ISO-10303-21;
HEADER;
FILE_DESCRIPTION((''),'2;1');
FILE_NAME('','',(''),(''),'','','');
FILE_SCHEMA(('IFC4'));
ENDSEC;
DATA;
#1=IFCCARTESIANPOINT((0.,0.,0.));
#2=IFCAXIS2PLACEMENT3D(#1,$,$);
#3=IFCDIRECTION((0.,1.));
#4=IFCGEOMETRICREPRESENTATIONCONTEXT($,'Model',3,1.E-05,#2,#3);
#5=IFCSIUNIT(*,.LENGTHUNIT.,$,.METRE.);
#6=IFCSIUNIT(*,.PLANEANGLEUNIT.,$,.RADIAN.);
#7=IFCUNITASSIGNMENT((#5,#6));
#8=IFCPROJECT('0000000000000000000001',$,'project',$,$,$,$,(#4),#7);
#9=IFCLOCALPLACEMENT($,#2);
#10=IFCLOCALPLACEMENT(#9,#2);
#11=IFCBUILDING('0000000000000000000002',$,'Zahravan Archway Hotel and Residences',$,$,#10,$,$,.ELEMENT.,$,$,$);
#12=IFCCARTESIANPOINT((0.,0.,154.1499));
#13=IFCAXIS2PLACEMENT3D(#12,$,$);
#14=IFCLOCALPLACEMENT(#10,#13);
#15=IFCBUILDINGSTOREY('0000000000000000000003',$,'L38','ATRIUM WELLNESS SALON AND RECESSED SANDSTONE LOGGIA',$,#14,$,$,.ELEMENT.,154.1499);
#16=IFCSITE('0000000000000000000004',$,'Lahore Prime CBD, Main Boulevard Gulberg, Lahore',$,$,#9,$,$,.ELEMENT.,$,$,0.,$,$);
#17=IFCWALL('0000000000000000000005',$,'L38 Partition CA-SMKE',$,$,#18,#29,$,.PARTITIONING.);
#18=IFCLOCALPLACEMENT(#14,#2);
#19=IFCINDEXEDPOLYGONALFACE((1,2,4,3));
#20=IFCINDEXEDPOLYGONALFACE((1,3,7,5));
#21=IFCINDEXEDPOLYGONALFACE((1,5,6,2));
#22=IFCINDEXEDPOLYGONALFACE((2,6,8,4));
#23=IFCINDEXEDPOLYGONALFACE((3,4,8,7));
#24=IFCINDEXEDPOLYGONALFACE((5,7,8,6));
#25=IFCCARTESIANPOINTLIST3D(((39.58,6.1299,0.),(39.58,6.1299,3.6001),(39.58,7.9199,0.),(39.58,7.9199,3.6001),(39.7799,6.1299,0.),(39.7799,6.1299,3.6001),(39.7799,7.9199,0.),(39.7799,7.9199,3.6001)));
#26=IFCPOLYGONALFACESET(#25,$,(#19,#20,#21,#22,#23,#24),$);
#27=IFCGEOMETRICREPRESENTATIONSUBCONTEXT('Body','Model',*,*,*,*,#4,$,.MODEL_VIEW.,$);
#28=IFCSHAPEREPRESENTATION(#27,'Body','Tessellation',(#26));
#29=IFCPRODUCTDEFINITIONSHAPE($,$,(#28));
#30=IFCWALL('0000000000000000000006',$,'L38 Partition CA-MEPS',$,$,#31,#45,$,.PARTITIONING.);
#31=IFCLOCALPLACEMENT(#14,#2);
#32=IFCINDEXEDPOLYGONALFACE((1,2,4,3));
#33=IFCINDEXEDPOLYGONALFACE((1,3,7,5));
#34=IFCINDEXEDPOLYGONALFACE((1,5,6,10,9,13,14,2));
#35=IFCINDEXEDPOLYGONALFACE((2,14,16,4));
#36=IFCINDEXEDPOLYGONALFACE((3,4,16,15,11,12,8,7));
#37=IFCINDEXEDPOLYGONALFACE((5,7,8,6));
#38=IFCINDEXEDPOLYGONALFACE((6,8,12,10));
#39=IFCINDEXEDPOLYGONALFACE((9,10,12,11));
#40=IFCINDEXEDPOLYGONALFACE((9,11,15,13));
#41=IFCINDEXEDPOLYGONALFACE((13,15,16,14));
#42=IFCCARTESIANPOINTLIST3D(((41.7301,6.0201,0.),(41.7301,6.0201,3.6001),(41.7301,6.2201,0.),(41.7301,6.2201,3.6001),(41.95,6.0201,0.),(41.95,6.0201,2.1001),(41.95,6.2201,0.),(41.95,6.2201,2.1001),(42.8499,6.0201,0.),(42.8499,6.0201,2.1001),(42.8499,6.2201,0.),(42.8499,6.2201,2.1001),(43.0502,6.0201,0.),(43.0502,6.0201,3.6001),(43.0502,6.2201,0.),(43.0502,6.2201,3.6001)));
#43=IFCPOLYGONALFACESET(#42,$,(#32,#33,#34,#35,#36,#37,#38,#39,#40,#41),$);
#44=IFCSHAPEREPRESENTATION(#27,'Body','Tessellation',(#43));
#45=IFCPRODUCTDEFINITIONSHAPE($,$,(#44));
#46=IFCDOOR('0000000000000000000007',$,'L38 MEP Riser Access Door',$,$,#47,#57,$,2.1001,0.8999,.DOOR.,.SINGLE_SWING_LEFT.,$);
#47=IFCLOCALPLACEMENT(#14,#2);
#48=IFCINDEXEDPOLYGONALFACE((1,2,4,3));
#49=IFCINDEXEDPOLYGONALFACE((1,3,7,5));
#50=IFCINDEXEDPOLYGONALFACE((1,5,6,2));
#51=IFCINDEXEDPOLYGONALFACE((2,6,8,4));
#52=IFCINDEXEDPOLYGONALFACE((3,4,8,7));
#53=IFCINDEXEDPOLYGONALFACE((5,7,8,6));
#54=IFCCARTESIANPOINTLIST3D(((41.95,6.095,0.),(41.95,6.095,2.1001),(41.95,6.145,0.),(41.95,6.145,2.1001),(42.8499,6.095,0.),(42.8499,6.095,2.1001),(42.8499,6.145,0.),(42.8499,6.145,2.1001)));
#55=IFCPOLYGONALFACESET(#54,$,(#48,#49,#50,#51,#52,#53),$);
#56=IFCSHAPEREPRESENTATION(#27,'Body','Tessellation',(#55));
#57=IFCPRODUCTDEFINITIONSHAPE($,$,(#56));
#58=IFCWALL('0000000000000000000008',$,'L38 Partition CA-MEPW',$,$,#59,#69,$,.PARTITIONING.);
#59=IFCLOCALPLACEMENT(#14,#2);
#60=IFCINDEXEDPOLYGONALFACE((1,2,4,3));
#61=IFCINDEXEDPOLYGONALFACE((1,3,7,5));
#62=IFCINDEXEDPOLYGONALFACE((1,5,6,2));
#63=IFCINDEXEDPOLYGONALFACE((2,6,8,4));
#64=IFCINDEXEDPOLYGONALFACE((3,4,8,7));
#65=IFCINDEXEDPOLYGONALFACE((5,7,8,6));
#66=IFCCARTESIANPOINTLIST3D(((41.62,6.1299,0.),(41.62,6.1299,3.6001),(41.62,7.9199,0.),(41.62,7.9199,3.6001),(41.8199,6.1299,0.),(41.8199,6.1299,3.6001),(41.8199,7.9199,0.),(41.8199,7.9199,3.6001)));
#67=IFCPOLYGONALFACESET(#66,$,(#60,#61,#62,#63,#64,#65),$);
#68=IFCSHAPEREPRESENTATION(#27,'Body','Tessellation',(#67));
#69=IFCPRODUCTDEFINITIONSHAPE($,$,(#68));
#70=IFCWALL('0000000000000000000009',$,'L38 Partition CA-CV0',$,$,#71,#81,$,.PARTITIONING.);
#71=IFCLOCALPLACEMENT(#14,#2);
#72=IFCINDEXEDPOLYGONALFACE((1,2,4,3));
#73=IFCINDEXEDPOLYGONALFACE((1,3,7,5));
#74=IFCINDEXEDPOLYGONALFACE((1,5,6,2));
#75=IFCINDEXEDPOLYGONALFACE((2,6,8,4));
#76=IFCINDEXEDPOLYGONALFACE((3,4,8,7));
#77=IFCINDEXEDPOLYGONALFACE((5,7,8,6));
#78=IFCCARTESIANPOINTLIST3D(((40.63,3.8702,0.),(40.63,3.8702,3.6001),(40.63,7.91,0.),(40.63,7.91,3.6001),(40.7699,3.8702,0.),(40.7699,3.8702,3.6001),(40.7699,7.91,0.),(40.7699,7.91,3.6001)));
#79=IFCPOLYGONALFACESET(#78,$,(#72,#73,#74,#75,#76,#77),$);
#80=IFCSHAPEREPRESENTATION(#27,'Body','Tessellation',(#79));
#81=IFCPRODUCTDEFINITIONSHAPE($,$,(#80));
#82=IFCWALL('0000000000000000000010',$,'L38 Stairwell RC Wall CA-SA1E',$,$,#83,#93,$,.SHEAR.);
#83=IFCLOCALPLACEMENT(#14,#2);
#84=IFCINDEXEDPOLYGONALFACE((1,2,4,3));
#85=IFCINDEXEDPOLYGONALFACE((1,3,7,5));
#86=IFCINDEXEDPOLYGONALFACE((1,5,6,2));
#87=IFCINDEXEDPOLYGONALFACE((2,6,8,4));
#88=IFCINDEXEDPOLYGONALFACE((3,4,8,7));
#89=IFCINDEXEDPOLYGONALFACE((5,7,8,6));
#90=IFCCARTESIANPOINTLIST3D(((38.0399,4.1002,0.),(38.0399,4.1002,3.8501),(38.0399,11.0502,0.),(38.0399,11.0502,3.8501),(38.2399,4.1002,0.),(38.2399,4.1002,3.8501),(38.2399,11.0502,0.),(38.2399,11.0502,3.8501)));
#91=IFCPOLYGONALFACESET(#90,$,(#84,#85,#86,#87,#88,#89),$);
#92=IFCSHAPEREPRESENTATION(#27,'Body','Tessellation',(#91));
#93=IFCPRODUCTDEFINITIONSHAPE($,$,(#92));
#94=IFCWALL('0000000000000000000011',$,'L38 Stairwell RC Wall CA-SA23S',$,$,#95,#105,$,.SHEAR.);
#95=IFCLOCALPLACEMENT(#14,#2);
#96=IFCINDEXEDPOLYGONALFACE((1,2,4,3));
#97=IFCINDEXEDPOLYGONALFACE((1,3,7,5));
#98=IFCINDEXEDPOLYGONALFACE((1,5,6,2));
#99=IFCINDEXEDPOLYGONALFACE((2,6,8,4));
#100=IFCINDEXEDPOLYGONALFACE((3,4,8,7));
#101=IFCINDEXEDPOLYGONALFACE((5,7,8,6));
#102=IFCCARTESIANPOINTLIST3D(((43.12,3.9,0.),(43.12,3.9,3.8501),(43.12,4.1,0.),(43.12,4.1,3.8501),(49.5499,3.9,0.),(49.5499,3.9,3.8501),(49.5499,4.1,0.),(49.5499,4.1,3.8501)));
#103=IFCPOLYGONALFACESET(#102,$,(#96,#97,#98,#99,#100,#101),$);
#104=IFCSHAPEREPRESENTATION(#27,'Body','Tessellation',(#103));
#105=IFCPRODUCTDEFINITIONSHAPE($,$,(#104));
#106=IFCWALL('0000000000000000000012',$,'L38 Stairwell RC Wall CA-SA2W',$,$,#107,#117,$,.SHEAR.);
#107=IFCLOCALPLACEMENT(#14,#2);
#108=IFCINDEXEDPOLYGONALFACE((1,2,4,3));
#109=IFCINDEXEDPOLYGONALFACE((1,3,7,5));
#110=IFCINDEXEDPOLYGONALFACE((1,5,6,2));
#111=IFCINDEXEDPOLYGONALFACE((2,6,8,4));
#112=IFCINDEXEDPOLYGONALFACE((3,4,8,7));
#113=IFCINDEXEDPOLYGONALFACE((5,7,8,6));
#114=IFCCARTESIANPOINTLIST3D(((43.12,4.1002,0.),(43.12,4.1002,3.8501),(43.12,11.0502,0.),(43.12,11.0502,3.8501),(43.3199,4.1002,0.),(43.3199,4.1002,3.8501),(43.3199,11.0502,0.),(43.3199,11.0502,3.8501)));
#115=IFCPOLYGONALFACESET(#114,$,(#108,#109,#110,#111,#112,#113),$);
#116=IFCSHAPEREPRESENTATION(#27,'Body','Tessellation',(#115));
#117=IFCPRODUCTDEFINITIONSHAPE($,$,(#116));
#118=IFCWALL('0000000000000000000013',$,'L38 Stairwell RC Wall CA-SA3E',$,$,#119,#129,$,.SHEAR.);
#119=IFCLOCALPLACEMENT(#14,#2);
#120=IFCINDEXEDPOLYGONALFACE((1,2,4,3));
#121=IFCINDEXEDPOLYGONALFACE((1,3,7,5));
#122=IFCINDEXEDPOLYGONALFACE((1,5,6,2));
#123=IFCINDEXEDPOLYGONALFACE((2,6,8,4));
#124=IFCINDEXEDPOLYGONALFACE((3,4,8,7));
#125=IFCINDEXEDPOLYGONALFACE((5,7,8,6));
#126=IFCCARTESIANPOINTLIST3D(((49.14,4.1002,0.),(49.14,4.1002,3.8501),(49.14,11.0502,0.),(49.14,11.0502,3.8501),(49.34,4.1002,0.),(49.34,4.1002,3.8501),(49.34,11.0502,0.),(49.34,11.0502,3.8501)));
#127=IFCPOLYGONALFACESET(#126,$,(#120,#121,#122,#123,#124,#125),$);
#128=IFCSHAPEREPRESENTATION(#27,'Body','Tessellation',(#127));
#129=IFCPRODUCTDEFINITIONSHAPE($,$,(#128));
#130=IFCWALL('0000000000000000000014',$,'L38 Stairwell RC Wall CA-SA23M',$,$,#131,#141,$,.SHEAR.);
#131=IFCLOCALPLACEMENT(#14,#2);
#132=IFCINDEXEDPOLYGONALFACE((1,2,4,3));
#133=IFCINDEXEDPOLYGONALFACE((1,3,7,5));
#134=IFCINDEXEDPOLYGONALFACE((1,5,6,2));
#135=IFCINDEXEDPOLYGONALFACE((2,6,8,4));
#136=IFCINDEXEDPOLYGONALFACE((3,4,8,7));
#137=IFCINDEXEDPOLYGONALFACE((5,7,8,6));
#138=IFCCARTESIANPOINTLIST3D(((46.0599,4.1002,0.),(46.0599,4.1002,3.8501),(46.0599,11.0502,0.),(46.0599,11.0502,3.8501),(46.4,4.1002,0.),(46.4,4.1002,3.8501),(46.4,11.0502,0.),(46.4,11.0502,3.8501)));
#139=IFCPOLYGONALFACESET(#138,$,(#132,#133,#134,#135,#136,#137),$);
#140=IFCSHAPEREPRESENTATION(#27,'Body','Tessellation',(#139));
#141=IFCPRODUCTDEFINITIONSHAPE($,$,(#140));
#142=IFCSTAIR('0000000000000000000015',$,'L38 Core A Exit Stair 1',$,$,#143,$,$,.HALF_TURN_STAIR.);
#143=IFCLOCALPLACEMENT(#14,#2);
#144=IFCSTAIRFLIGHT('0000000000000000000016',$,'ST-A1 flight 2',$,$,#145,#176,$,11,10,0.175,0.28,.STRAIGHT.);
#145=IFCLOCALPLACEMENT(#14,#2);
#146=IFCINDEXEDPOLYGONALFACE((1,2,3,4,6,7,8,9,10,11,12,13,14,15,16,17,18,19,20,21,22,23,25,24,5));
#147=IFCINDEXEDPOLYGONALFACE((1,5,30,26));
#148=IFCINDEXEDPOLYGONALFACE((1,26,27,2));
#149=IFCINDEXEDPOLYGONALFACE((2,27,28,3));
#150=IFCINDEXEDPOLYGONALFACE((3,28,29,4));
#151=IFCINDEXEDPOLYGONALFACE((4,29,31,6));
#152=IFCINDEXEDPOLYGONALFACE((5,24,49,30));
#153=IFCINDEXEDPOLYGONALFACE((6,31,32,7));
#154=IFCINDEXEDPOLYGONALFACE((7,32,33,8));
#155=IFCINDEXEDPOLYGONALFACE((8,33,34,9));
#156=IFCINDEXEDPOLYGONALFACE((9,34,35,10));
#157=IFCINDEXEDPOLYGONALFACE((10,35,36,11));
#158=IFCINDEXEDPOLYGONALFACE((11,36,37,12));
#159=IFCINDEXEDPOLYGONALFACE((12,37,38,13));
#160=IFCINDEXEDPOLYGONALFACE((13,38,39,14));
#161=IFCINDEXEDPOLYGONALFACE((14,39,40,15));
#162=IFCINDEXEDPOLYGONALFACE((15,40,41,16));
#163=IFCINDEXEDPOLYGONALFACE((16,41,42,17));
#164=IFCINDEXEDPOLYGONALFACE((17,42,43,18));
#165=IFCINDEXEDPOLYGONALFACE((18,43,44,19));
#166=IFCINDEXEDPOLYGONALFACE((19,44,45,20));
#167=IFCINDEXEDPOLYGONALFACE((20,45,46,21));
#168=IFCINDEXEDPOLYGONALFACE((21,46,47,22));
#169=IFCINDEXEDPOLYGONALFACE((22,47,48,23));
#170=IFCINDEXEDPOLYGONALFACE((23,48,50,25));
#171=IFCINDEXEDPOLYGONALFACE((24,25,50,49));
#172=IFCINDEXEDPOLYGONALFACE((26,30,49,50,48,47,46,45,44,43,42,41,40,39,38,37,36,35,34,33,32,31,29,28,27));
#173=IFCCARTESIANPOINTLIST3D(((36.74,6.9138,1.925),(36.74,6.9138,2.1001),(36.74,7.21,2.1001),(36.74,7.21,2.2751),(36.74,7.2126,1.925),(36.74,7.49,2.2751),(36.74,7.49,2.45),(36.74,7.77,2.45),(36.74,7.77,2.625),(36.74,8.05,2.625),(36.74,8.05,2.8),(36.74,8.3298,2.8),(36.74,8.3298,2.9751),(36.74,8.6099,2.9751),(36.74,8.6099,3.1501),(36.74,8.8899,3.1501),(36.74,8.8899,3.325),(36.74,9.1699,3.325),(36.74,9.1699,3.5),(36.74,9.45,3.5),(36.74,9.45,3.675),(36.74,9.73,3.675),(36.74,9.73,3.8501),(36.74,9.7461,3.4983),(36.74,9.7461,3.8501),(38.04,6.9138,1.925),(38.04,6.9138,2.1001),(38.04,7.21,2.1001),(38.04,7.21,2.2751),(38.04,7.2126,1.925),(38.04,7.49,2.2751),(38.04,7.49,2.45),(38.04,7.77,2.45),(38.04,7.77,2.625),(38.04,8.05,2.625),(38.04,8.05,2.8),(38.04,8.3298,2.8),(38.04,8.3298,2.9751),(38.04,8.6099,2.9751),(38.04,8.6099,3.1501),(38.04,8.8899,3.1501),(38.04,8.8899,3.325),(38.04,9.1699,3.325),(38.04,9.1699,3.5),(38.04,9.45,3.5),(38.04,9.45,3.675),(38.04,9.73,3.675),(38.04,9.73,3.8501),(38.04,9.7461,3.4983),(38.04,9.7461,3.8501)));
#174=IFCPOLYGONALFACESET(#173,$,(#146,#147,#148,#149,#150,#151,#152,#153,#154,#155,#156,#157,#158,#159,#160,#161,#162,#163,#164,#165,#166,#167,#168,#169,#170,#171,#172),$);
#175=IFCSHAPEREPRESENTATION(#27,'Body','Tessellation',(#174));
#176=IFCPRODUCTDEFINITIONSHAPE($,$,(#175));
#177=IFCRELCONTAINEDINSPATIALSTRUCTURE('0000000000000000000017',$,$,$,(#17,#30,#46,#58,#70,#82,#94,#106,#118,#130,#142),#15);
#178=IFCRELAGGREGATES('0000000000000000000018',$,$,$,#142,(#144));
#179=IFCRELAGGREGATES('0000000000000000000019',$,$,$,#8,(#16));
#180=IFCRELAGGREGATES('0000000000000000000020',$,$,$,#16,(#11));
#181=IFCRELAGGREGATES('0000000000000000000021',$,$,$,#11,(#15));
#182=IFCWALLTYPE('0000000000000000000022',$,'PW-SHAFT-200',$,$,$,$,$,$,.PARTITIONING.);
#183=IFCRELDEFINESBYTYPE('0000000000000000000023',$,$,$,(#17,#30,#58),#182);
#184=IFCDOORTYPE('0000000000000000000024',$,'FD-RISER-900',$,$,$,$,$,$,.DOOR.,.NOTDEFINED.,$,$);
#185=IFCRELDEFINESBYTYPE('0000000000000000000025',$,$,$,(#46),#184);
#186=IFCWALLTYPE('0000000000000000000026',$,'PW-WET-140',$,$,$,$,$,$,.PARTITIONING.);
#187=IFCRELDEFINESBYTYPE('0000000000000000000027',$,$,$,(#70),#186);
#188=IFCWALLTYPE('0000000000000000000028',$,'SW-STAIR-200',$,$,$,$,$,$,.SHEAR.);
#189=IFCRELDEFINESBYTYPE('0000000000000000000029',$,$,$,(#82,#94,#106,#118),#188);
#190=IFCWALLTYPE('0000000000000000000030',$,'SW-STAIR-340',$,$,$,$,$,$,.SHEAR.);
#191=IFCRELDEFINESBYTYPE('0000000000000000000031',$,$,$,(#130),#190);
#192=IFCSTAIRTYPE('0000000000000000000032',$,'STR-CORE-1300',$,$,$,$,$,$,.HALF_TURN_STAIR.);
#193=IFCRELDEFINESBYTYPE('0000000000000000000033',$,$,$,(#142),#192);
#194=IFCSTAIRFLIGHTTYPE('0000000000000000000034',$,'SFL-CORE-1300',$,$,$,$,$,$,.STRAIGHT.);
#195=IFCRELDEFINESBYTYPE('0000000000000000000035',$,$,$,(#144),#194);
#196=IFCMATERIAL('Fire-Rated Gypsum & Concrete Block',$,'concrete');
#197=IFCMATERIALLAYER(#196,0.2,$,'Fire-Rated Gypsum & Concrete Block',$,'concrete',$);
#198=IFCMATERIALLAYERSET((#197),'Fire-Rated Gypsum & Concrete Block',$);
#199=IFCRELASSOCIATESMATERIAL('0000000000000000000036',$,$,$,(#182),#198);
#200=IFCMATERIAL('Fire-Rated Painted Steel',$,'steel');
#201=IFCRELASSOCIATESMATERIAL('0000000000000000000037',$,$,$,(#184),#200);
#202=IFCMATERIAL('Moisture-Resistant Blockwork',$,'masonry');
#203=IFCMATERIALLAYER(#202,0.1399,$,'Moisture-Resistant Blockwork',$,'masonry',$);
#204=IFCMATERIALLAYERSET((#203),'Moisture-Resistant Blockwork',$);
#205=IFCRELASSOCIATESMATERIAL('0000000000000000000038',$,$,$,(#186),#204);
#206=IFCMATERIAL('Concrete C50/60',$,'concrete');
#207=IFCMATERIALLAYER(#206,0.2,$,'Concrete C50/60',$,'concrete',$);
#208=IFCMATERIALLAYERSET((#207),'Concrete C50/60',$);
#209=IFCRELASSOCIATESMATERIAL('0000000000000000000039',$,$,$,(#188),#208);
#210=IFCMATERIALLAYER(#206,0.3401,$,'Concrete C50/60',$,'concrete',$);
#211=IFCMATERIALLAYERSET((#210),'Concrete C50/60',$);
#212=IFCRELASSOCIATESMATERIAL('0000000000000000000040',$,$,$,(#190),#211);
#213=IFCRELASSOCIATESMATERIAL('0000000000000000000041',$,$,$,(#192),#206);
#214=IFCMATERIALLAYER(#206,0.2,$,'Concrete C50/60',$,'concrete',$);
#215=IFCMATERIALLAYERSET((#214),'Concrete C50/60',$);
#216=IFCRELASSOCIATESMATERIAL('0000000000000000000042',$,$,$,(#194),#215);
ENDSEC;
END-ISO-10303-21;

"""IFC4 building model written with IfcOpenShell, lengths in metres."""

from ifc_helpers import new_model, si_unit, direction, frame, frame_2d, origin, place, context, subcontext, project, spatial, polyline, rectangle, outline, extrude, source, transform, mapped, material, layer, layer_set, type_object, type_shapes, element, fill, aggregate, save


model = new_model("IFC4")

# Units and contexts
model_context = context("Model", 3, precision=1e-05, world=origin(), true_north=direction((0.0, 1.0)))
body_context = subcontext(model_context, "Body", "Model", "MODEL_VIEW")
ifc_project = project(units=[si_unit("LENGTHUNIT", "METRE"), si_unit("PLANEANGLEUNIT", "RADIAN")], contexts=[model_context])

# Site, building, storey
site_placement = place(None, origin())
site = spatial("IfcSite", under=ifc_project, at=site_placement, Name="Lahore Prime CBD, Main Boulevard Gulberg, Lahore", CompositionType="ELEMENT", RefElevation=0.0)
building_placement = place(site_placement, origin())
building = spatial("IfcBuilding", under=site, at=building_placement, Name="Zahravan Archway Hotel and Residences", CompositionType="ELEMENT")
storey_placement = place(building_placement, frame((0.0, 0.0, 154.1499)))
storey = spatial("IfcBuildingStorey", under=building, at=storey_placement, Name="L38", Description="ATRIUM WELLNESS SALON AND RECESSED SANDSTONE LOGGIA", CompositionType="ELEMENT", Elevation=154.1499)

# Shared definitions
ifc_material_1 = material(Name="Fire-Rated Gypsum & Concrete Block", Category="concrete")
ifc_layer_1 = layer(ifc_material_1, 0.2, Name="Fire-Rated Gypsum & Concrete Block", Category="concrete")
ifc_layer_set_1 = layer_set([ifc_layer_1], Name="Fire-Rated Gypsum & Concrete Block")
wall_type_1 = type_object("IfcWallType", Name="PW-SHAFT-200", PredefinedType="PARTITIONING", material=ifc_layer_set_1)
ifc_material_2 = material(Name="Fire-Rated Painted Steel", Category="steel")
door_type = type_object("IfcDoorType", Name="FD-RISER-900", OperationType="NOTDEFINED", PredefinedType="DOOR", material=ifc_material_2)
shared_shape_1 = source(origin(), body_context, "Body", "SweptSolid", [
    extrude(rectangle(XDim=0.8999, YDim=2.1001, at=frame_2d((0.45, 1.05))), frame((0.0, 0.0249, 0.0), z_axis=(0.0, -1.0, 0.0), x_axis=(1.0, 0.0, 0.0)), (0.0, 0.0, 1.0), 0.05),
])
type_shapes(door_type, [shared_shape_1])

# Wall
wall_1_placement = place(storey_placement, frame((39.6799, 6.1299, 0.0), z_axis=(0.0, 0.0, 1.0), x_axis=(0.0, 1.0, 0.0)))
element("IfcWall", 1, at=wall_1_placement, inside=storey, type_object=wall_type_1, Name="L38 Partition CA-SMKE", PredefinedType="PARTITIONING", context=body_context, shape_type="SweptSolid", body=[
    extrude(rectangle(XDim=1.79, YDim=0.2, at=frame_2d((0.895, 0.0))), origin(), (0.0, 0.0, 1.0), 3.6001),
])

# Wall, opening, door
wall_2_placement = place(storey_placement, frame((41.73, 6.1201, 0.0), z_axis=(0.0, 0.0, 1.0), x_axis=(1.0, 0.0, 0.0)))
wall_2 = element("IfcWall", 2, at=wall_2_placement, inside=storey, type_object=wall_type_1, Name="L38 Partition CA-MEPS", PredefinedType="PARTITIONING", context=body_context, shape_type="SweptSolid", body=[
    extrude(rectangle(XDim=1.3201, YDim=0.2, at=frame_2d((0.6602, 0.0))), origin(), (0.0, 0.0, 1.0), 3.6001),
])
opening_1_placement = place(wall_2_placement, frame((0.22, 0.0, 0.0)))
opening_1 = element("IfcOpeningElement", 3, at=opening_1_placement, cuts=wall_2, PredefinedType="OPENING", context=body_context, shape_type="SweptSolid", body=[
    extrude(rectangle(XDim=0.8999, YDim=2.1001, at=frame_2d((0.45, 1.05))), frame((0.0, 0.1099, 0.0), z_axis=(0.0, -1.0, 0.0), x_axis=(1.0, 0.0, 0.0)), (0.0, 0.0, 1.0), 0.22),
])
door_1_placement = place(opening_1_placement, origin())
door_1 = element("IfcDoor", 4, at=door_1_placement, inside=storey, type_object=door_type, Name="L38 MEP Riser Access Door", OperationType="SINGLE_SWING_LEFT", OverallHeight=2.1001, OverallWidth=0.8999, PredefinedType="DOOR", context=body_context, shape_type="MappedRepresentation", body=[
    mapped(shared_shape_1, transform((0.0, 0.0, 0.0), scale=1.0)),
])
fill(opening_1, door_1)

# Walls
wall_3_placement = place(storey_placement, frame((41.72, 6.1299, 0.0), z_axis=(0.0, 0.0, 1.0), x_axis=(0.0, 1.0, 0.0)))
element("IfcWall", 5, at=wall_3_placement, inside=storey, type_object=wall_type_1, Name="L38 Partition CA-MEPW", PredefinedType="PARTITIONING", context=body_context, shape_type="SweptSolid", body=[
    extrude(rectangle(XDim=1.79, YDim=0.2, at=frame_2d((0.895, 0.0))), origin(), (0.0, 0.0, 1.0), 3.6001),
])
ifc_material_3 = material(Name="Moisture-Resistant Blockwork", Category="masonry")
ifc_layer_2 = layer(ifc_material_3, 0.1399, Name="Moisture-Resistant Blockwork", Category="masonry")
ifc_layer_set_2 = layer_set([ifc_layer_2], Name="Moisture-Resistant Blockwork")
wall_type_2 = type_object("IfcWallType", Name="PW-WET-140", PredefinedType="PARTITIONING", material=ifc_layer_set_2)
wall_4_placement = place(storey_placement, frame((40.7, 3.8701, 0.0), z_axis=(0.0, 0.0, 1.0), x_axis=(0.0, 1.0, 0.0)))
element("IfcWall", 6, at=wall_4_placement, inside=storey, type_object=wall_type_2, Name="L38 Partition CA-CV0", PredefinedType="PARTITIONING", context=body_context, shape_type="SweptSolid", body=[
    extrude(rectangle(XDim=4.0398, YDim=0.1399, at=frame_2d((2.02, 0.0))), origin(), (0.0, 0.0, 1.0), 3.6001),
])
ifc_material_4 = material(Name="Concrete C50/60", Category="concrete")
ifc_layer_3 = layer(ifc_material_4, 0.2, Name="Concrete C50/60", Category="concrete")
ifc_layer_set_3 = layer_set([ifc_layer_3], Name="Concrete C50/60")
wall_type_3 = type_object("IfcWallType", Name="SW-STAIR-200", PredefinedType="SHEAR", material=ifc_layer_set_3)
wall_5_placement = place(storey_placement, frame((38.1399, 4.1001, 0.0), z_axis=(0.0, 0.0, 1.0), x_axis=(0.0, 1.0, 0.0)))
element("IfcWall", 7, at=wall_5_placement, inside=storey, type_object=wall_type_3, Name="L38 Stairwell RC Wall CA-SA1E", PredefinedType="SHEAR", context=body_context, shape_type="SweptSolid", body=[
    extrude(rectangle(XDim=6.95, YDim=0.2, at=frame_2d((3.4751, 0.0))), origin(), (0.0, 0.0, 1.0), 3.8501),
])
wall_6_placement = place(storey_placement, frame((43.1201, 4.0, 0.0), z_axis=(0.0, 0.0, 1.0), x_axis=(1.0, 0.0, 0.0)))
element("IfcWall", 8, at=wall_6_placement, inside=storey, type_object=wall_type_3, Name="L38 Stairwell RC Wall CA-SA23S", PredefinedType="SHEAR", context=body_context, shape_type="SweptSolid", body=[
    extrude(rectangle(XDim=6.4299, YDim=0.2, at=frame_2d((3.2148, 0.0))), origin(), (0.0, 0.0, 1.0), 3.8501),
])
for number, where, z_axis, x_axis, name in (
    (9, (43.22, 4.1001, 0.0), (0.0, 0.0, 1.0), (0.0, 1.0, 0.0), "L38 Stairwell RC Wall CA-SA2W"),
    (10, (49.24, 4.1001, 0.0), (0.0, 0.0, 1.0), (0.0, 1.0, 0.0), "L38 Stairwell RC Wall CA-SA3E"),
):
    element("IfcWall", number, at=place(storey_placement, frame(where, z_axis=z_axis, x_axis=x_axis)), inside=storey, type_object=wall_type_3, Name=name, PredefinedType="SHEAR", context=body_context, shape_type="SweptSolid", body=[
        extrude(rectangle(XDim=6.95, YDim=0.2, at=frame_2d((3.4751, 0.0))), origin(), (0.0, 0.0, 1.0), 3.8501),
    ])
ifc_layer_4 = layer(ifc_material_4, 0.3401, Name="Concrete C50/60", Category="concrete")
ifc_layer_set_4 = layer_set([ifc_layer_4], Name="Concrete C50/60")
wall_type_4 = type_object("IfcWallType", Name="SW-STAIR-340", PredefinedType="SHEAR", material=ifc_layer_set_4)
wall_7_placement = place(storey_placement, frame((46.23, 4.1001, 0.0), z_axis=(0.0, 0.0, 1.0), x_axis=(0.0, 1.0, 0.0)))
element("IfcWall", 11, at=wall_7_placement, inside=storey, type_object=wall_type_4, Name="L38 Stairwell RC Wall CA-SA23M", PredefinedType="SHEAR", context=body_context, shape_type="SweptSolid", body=[
    extrude(rectangle(XDim=6.95, YDim=0.3401, at=frame_2d((3.4751, 0.0))), origin(), (0.0, 0.0, 1.0), 3.8501),
])

# Stair, stair flight
stair_type = type_object("IfcStairType", Name="STR-CORE-1300", PredefinedType="HALF_TURN_STAIR", material=ifc_material_4)
stair_1_placement = place(storey_placement, origin())
stair_1 = element("IfcStair", 12, at=stair_1_placement, inside=storey, type_object=stair_type, Name="L38 Core A Exit Stair 1", PredefinedType="HALF_TURN_STAIR")
ifc_layer_5 = layer(ifc_material_4, 0.2, Name="Concrete C50/60", Category="concrete")
ifc_layer_set_5 = layer_set([ifc_layer_5], Name="Concrete C50/60")
stair_flight_type = type_object("IfcStairFlightType", Name="SFL-CORE-1300", PredefinedType="STRAIGHT", material=ifc_layer_set_5)
shared_shape_2 = source(origin(), body_context, "Body", "SweptSolid", [
    extrude(outline(polyline([(-0.0161, 0.0), (-0.0161, 0.175), (0.28, 0.175), (0.28, 0.3501), (0.5601, 0.3501), (0.5601, 0.5249), (0.8401, 0.5249), (0.8401, 0.7), (1.1201, 0.7), (1.1201, 0.875), (1.3999, 0.875), (1.3999, 1.05), (1.6799, 1.05), (1.6799, 1.2251), (1.96, 1.2251), (1.96, 1.3999), (2.24, 1.3999), (2.24, 1.575), (2.52, 1.575), (2.52, 1.75), (2.8, 1.75), (2.8, 1.925), (2.8162, 1.925), (2.8162, 1.5732), (0.2827, 0.0), (-0.0161, 0.0)])), frame((0.0, 0.6499, 0.0), z_axis=(0.0, -1.0, 0.0), x_axis=(1.0, 0.0, 0.0)), (0.0, 0.0, 1.0), 1.3),
])
stair_flight_1_placement = place(storey_placement, frame((37.3899, 6.9299, 1.925), z_axis=(0.0, 0.0, 1.0), x_axis=(0.0, 1.0, 0.0)))
stair_flight_1 = element("IfcStairFlight", 13, at=stair_flight_1_placement, type_object=stair_flight_type, Name="ST-A1 flight 2", NumberOfRisers=11, NumberOfTreads=10, PredefinedType="STRAIGHT", RiserHeight=0.175, TreadLength=0.28, context=body_context, shape_type="MappedRepresentation", body=[
    mapped(shared_shape_2, transform((0.0, 0.0, 0.0), scale=1.0)),
])
aggregate(stair_1, [stair_flight_1])

save(model, "model.ifc")
